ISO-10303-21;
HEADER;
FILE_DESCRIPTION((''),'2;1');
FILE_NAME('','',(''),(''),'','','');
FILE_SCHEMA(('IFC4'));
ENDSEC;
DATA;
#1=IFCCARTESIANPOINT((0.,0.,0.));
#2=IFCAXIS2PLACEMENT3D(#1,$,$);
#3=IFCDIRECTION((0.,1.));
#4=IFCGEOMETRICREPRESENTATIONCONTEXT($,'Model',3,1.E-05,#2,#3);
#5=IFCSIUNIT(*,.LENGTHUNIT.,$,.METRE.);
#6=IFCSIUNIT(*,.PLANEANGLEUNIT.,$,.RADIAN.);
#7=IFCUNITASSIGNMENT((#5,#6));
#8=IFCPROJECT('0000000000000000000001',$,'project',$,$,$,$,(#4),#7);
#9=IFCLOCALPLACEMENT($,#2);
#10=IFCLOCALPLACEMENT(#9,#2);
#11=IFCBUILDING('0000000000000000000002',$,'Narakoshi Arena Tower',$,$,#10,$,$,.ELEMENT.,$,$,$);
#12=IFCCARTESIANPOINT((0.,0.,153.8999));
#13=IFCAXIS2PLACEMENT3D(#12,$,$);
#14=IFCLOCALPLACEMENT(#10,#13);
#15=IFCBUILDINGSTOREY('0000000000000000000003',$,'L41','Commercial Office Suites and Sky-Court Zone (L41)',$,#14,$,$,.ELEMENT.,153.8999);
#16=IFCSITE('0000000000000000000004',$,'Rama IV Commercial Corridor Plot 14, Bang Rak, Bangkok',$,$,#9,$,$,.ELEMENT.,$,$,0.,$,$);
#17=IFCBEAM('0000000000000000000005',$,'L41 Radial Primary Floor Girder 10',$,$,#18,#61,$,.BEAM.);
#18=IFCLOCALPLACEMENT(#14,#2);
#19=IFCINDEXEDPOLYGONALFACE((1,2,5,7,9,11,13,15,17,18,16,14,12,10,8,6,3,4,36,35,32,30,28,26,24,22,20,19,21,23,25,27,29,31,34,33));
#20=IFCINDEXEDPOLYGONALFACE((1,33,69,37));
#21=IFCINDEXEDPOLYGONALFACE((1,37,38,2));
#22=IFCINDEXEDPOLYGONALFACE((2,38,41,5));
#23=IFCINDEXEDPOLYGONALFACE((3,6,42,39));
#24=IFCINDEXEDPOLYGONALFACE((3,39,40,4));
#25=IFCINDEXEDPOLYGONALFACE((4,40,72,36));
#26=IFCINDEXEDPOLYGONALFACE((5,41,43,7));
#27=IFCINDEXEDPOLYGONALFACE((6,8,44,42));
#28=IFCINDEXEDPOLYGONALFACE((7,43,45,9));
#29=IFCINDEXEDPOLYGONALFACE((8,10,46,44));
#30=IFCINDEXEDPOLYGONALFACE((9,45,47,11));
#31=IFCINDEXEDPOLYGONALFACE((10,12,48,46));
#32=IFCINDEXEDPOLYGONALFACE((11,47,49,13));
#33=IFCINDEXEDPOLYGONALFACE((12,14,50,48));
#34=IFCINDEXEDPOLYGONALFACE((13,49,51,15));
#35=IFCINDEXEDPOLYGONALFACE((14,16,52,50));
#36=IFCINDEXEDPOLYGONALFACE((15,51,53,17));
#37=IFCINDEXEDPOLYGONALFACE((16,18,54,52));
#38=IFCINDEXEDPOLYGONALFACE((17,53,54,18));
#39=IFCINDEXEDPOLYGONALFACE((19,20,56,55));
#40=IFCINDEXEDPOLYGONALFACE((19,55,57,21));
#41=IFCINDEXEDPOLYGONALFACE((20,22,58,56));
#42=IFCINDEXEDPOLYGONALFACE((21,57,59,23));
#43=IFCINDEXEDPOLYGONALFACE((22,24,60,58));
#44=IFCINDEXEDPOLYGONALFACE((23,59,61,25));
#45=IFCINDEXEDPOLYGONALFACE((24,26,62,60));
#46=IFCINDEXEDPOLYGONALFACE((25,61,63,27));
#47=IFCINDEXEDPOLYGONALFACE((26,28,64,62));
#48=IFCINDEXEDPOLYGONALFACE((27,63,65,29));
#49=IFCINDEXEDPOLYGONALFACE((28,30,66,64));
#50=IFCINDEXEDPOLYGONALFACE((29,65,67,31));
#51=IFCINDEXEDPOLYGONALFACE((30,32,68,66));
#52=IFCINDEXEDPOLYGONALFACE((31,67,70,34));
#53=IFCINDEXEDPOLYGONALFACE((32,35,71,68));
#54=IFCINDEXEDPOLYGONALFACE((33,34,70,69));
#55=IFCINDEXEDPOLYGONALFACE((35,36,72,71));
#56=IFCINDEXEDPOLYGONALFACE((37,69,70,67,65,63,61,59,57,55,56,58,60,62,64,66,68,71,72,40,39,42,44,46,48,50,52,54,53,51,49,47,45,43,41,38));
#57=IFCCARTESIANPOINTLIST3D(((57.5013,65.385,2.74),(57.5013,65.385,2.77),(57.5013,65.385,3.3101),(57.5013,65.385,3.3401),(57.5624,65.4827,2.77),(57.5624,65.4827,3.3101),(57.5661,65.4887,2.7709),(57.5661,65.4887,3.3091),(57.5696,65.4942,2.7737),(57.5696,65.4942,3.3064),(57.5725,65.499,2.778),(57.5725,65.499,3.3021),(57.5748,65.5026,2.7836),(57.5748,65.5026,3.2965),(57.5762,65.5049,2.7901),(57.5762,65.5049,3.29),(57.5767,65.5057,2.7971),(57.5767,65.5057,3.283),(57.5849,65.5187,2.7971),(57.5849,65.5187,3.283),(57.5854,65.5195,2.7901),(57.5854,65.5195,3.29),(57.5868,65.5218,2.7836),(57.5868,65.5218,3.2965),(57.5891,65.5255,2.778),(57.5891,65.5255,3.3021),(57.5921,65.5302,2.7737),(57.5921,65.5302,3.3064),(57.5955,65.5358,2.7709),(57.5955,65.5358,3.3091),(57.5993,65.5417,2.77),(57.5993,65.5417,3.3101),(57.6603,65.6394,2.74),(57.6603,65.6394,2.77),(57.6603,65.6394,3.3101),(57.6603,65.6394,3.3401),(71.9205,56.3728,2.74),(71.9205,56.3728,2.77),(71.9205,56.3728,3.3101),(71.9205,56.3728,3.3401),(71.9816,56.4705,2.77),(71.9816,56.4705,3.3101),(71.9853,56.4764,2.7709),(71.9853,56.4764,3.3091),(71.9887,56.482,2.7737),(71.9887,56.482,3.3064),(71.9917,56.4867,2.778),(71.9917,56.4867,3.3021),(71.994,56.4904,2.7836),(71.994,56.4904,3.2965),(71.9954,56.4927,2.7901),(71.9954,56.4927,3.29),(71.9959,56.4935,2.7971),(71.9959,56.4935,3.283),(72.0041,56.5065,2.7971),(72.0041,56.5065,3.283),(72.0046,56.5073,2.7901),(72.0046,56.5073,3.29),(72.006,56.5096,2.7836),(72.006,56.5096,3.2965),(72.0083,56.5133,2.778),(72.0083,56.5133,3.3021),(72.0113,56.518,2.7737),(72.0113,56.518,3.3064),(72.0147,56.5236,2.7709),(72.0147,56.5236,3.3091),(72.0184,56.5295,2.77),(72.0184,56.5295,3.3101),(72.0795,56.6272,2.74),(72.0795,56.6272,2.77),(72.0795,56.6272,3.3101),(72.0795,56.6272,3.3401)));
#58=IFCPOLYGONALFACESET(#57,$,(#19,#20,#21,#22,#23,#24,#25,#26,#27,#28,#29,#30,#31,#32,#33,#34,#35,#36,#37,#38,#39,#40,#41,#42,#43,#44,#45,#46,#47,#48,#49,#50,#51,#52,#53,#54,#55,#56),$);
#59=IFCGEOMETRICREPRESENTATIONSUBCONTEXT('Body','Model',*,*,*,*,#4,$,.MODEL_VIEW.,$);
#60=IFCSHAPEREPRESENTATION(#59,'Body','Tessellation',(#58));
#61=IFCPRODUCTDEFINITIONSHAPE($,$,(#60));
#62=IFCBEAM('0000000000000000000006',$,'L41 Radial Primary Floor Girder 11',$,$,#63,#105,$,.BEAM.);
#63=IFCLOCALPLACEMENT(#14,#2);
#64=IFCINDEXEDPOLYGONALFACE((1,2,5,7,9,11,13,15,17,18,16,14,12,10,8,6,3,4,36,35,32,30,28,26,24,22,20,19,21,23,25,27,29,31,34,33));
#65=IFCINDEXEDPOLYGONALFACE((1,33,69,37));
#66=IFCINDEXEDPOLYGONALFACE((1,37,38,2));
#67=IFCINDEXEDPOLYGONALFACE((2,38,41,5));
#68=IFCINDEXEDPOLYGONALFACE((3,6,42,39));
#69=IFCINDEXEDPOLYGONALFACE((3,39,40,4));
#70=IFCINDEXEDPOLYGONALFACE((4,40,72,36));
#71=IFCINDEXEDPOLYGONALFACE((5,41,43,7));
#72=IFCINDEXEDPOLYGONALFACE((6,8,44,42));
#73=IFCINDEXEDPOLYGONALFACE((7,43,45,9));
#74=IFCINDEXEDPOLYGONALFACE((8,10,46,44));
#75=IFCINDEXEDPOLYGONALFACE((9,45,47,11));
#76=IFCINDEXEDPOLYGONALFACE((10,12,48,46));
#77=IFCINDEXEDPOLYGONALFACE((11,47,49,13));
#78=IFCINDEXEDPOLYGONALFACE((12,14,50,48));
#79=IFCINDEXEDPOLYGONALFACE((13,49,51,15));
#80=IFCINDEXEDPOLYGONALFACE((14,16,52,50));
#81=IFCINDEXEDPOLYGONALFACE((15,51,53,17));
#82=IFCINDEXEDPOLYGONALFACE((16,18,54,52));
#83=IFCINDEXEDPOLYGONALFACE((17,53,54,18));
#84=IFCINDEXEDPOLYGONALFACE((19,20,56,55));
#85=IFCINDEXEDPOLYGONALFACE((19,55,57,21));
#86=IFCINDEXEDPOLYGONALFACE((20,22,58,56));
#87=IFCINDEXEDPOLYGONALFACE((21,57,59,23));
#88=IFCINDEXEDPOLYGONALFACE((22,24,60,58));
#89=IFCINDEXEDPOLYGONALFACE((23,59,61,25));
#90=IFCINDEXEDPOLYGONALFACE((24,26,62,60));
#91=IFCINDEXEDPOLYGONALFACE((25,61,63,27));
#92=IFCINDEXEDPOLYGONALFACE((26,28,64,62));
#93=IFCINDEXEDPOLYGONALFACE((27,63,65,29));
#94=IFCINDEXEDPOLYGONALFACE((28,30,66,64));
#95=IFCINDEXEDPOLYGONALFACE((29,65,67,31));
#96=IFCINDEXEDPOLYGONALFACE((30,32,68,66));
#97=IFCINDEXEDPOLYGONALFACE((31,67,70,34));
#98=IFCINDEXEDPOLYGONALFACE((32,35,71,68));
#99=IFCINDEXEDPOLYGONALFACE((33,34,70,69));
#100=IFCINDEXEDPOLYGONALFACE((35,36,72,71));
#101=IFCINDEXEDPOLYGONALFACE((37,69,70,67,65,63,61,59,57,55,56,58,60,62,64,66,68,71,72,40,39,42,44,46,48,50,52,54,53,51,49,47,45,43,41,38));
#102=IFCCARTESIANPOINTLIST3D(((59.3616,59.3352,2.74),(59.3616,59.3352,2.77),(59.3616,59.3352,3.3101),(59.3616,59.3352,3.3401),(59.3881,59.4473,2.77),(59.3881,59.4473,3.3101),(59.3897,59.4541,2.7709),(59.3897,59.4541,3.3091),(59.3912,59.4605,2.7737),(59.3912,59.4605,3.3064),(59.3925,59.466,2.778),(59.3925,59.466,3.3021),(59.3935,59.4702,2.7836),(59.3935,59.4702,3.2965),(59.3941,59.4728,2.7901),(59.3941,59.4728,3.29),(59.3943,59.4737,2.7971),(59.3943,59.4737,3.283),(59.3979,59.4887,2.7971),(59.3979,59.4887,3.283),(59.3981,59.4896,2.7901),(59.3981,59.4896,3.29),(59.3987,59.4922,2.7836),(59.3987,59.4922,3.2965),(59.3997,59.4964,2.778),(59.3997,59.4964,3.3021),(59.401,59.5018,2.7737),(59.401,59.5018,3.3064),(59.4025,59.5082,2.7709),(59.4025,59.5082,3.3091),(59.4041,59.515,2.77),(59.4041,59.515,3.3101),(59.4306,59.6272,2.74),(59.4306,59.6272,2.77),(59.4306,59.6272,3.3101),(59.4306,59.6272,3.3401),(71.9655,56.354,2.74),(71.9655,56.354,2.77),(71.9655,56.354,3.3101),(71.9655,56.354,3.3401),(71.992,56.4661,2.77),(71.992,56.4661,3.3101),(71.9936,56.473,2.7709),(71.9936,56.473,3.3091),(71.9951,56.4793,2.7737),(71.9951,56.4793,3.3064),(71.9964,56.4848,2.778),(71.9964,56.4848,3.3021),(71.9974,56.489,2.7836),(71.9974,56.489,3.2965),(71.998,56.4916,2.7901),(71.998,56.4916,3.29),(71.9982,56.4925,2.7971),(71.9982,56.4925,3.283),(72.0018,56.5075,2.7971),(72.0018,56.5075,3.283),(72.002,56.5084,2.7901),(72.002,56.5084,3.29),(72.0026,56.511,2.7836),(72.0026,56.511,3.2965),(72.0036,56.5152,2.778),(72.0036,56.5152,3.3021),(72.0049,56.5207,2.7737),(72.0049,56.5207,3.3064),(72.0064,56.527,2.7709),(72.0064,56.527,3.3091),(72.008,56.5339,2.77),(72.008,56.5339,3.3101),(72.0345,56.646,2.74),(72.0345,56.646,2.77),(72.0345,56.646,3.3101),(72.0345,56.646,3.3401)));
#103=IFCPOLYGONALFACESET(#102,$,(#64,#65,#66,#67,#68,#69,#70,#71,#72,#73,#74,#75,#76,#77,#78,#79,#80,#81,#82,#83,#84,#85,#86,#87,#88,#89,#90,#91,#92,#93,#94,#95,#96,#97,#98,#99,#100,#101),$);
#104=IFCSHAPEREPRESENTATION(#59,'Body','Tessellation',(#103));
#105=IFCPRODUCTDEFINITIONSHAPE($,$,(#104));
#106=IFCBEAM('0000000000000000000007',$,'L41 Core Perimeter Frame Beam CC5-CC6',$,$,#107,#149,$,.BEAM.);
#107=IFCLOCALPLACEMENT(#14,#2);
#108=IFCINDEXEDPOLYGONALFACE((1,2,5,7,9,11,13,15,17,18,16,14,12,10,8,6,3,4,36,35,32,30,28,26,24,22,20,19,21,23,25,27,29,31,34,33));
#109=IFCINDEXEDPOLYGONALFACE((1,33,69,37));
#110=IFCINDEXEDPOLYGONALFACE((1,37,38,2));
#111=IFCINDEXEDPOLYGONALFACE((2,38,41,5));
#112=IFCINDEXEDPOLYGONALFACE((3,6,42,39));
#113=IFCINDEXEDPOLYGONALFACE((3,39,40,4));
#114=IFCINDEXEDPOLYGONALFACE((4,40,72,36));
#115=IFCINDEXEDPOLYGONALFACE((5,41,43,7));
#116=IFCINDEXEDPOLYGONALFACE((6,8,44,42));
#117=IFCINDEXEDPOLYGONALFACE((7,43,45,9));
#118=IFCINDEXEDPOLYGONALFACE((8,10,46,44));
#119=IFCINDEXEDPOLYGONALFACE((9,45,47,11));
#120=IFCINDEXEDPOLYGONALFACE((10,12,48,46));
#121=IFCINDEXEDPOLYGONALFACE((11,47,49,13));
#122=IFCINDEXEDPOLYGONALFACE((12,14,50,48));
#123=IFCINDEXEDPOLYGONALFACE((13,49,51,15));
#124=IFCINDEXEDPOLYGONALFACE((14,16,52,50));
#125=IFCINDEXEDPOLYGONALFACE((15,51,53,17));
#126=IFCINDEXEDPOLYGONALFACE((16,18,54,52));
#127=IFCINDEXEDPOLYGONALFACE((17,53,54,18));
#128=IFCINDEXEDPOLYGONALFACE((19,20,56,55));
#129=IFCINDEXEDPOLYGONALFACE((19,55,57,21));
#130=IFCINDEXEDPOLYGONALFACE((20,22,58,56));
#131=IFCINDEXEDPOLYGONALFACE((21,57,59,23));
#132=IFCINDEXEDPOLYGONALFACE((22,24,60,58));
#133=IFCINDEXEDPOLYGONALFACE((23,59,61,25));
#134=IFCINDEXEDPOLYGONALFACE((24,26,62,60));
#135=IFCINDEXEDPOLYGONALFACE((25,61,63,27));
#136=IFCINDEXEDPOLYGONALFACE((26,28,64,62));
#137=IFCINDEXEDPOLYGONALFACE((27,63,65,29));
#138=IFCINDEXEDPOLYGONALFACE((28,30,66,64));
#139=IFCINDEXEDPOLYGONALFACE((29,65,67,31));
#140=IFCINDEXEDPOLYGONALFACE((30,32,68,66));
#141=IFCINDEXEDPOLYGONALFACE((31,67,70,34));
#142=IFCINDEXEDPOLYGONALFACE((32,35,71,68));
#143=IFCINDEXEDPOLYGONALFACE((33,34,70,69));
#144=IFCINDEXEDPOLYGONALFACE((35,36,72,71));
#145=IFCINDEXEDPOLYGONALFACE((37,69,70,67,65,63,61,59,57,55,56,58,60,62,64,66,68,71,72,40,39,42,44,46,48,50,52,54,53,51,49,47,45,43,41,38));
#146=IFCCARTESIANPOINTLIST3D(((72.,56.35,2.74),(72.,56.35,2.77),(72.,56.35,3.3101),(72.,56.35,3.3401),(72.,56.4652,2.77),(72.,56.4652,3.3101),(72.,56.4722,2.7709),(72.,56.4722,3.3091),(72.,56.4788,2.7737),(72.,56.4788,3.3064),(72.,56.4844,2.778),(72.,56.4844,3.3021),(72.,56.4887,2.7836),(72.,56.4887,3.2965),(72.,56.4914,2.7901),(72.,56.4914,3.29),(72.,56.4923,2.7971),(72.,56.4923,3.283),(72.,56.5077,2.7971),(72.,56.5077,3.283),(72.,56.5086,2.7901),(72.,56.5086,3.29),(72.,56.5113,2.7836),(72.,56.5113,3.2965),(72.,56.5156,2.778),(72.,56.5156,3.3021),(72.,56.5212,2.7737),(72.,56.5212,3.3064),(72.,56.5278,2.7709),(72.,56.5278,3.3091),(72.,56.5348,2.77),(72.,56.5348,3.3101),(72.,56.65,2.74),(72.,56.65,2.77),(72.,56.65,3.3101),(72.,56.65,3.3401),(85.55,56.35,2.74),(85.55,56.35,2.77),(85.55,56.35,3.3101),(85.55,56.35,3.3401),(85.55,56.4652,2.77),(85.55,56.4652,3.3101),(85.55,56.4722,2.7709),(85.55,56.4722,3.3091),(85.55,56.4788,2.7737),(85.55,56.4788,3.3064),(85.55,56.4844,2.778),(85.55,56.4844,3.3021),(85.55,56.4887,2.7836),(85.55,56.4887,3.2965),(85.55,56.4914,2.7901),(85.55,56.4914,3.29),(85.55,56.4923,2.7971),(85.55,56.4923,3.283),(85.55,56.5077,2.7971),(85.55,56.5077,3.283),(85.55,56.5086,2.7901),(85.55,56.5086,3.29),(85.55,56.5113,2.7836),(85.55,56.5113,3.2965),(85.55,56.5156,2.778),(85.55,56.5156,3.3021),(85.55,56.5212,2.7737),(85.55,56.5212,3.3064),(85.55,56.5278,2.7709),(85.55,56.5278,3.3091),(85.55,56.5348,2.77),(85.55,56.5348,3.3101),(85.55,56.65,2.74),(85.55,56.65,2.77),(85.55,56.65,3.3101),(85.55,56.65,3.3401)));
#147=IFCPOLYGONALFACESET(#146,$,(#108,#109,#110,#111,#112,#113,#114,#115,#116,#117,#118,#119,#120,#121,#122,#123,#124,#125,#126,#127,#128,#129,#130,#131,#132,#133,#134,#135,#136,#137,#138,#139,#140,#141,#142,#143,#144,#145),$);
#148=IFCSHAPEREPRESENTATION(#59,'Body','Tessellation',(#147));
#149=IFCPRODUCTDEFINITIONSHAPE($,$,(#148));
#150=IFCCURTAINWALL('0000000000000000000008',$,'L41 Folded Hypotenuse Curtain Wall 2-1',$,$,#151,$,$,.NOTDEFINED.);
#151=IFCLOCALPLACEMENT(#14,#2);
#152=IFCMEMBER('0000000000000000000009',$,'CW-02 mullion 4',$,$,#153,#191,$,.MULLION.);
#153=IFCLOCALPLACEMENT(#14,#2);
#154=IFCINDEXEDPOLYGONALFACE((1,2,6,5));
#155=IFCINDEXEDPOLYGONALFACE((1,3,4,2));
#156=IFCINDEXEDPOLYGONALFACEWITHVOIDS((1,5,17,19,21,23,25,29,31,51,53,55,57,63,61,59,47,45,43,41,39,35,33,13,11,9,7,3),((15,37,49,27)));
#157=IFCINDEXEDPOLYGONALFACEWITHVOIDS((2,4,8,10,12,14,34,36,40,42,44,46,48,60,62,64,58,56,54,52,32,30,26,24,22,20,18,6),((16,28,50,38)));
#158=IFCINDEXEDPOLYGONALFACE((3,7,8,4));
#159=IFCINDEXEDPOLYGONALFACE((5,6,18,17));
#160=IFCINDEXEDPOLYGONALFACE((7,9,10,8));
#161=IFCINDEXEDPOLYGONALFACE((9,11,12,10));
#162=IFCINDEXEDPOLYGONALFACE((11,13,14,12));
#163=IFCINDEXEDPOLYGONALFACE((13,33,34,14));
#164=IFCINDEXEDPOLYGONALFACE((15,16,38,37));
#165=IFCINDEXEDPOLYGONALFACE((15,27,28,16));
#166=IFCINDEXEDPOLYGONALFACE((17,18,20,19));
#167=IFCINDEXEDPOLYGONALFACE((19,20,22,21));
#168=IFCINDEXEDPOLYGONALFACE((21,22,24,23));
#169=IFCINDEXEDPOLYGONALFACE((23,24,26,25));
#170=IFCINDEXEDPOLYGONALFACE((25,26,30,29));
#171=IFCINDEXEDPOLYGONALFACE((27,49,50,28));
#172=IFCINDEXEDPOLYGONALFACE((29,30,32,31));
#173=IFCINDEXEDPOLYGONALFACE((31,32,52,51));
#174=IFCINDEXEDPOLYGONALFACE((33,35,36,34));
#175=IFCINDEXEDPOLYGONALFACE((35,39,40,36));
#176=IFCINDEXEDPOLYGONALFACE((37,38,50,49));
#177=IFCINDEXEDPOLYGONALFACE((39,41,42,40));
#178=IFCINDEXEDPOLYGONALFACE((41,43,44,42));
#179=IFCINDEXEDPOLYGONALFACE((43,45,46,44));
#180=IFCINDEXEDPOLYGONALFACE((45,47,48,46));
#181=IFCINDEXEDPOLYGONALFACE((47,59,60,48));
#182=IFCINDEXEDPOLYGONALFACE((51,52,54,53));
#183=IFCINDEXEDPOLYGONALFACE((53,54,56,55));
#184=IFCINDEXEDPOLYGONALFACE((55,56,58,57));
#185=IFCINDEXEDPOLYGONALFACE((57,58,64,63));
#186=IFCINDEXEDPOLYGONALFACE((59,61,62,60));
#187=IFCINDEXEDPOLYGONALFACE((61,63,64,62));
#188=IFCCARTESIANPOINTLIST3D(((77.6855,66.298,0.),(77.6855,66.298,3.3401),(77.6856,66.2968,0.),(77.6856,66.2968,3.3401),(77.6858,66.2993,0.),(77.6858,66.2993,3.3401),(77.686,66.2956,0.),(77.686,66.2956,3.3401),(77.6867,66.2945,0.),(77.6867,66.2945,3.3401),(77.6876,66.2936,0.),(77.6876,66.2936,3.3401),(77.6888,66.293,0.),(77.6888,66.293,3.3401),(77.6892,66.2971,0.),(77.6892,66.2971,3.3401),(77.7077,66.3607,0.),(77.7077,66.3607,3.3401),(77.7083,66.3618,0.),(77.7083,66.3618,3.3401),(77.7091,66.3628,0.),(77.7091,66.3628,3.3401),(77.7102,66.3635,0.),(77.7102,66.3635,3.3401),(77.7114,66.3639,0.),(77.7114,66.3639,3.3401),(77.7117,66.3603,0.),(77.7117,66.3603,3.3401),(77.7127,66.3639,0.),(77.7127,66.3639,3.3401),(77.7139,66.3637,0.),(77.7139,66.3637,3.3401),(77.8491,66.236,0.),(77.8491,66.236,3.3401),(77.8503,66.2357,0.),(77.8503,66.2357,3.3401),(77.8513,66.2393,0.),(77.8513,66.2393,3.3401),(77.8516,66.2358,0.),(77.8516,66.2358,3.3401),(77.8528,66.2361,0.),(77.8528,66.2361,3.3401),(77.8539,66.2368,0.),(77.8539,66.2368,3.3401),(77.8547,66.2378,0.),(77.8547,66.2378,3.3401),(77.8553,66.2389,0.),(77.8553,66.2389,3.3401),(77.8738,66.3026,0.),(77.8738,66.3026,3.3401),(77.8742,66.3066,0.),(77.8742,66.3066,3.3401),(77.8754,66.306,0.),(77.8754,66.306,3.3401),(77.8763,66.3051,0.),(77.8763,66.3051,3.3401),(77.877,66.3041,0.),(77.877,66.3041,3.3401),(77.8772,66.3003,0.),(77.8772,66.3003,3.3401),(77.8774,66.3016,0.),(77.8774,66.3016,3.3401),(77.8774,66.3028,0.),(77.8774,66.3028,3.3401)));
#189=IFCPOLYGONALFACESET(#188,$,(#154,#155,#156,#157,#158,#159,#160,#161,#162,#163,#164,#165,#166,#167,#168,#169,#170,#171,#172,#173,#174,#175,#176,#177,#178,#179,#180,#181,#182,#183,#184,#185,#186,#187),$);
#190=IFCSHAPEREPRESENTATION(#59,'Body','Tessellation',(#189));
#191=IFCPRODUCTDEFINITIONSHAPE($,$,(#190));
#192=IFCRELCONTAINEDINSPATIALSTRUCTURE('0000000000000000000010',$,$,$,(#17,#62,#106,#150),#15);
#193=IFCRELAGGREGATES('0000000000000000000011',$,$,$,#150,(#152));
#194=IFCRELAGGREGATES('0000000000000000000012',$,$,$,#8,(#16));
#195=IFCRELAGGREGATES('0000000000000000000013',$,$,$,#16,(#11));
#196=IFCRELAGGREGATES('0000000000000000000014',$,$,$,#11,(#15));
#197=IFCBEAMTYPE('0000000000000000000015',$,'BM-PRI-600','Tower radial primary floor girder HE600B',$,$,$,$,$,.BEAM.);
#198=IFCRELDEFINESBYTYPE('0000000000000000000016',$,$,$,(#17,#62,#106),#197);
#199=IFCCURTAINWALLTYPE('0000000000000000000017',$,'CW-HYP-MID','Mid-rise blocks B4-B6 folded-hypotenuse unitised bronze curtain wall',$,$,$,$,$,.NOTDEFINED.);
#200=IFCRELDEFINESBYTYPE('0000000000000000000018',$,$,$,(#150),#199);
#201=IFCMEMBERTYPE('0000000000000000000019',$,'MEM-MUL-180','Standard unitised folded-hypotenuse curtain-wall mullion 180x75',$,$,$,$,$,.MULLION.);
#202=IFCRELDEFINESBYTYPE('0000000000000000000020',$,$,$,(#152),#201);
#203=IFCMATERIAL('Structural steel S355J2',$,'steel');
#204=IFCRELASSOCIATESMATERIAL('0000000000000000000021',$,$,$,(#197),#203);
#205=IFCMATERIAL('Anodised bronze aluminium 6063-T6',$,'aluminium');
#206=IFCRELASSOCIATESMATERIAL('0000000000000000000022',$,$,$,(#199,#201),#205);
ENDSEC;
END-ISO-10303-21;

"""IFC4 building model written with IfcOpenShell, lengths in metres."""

from ifc_helpers import new_model, si_unit, direction, frame, origin, origin_2d, place, context, subcontext, project, spatial, hollow_rectangle, i_section, extrude, material, material_profile, profile_set, type_object, element, aggregate, save


model = new_model("IFC4")

# Units and contexts
model_context = context("Model", 3, precision=1e-05, world=origin(), true_north=direction((0.0, 1.0)))
body_context = subcontext(model_context, "Body", "Model", "MODEL_VIEW")
ifc_project = project(units=[si_unit("LENGTHUNIT", "METRE"), si_unit("PLANEANGLEUNIT", "RADIAN")], contexts=[model_context])

# Site, building, storey
site_placement = place(None, origin())
site = spatial("IfcSite", under=ifc_project, at=site_placement, Name="Rama IV Commercial Corridor Plot 14, Bang Rak, Bangkok", CompositionType="ELEMENT", RefElevation=0.0)
building_placement = place(site_placement, origin())
building = spatial("IfcBuilding", under=site, at=building_placement, Name="Narakoshi Arena Tower", CompositionType="ELEMENT")
storey_placement = place(building_placement, frame((0.0, 0.0, 153.8999)))
storey = spatial("IfcBuildingStorey", under=building, at=storey_placement, Name="L41", Description="Commercial Office Suites and Sky-Court Zone (L41)", CompositionType="ELEMENT", Elevation=153.8999)

# Beams
ifc_material_1 = material(Name="Structural steel S355J2", Category="steel")
ifc_material_profile_1 = material_profile(ifc_material_1, i_section(OverallWidth=0.3, OverallDepth=0.6001, WebThickness=0.0154, FlangeThickness=0.03, FilletRadius=0.0271, at=origin_2d()), Name="HE600B")
ifc_profile_set_1 = profile_set([ifc_material_profile_1], Name="Structural steel S355J2")
beam_type = type_object("IfcBeamType", Name="BM-PRI-600", Description="Tower radial primary floor girder HE600B", PredefinedType="BEAM", material=ifc_profile_set_1)
beam_1_placement = place(storey_placement, frame((72.0, 56.5, 3.04), z_axis=(-0.847993, 0.530008, 0.0), x_axis=(-0.530008, -0.847993, 0.0)))
element("IfcBeam", 1, at=beam_1_placement, inside=storey, type_object=beam_type, Name="L41 Radial Primary Floor Girder 10", PredefinedType="BEAM", context=body_context, shape_type="SweptSolid", body=[
    extrude(i_section(OverallWidth=0.3, OverallDepth=0.6001, WebThickness=0.0154, FlangeThickness=0.03, FilletRadius=0.0271, at=origin_2d()), origin(), (0.0, 0.0, 1.0), 17.0039),
])
beam_2_placement = place(storey_placement, frame((72.0, 56.5, 3.04), z_axis=(-0.973149, 0.230177, 0.0), x_axis=(-0.230177, -0.973149, 0.0)))
element("IfcBeam", 2, at=beam_2_placement, inside=storey, type_object=beam_type, Name="L41 Radial Primary Floor Girder 11", PredefinedType="BEAM", context=body_context, shape_type="SweptSolid", body=[
    extrude(i_section(OverallWidth=0.3, OverallDepth=0.6001, WebThickness=0.0154, FlangeThickness=0.03, FilletRadius=0.0271, at=origin_2d()), origin(), (0.0, 0.0, 1.0), 12.9517),
])
beam_3_placement = place(storey_placement, frame((72.0, 56.5, 3.04), z_axis=(1.0, 0.0, 0.0), x_axis=(0.0, 1.0, 0.0)))
element("IfcBeam", 3, at=beam_3_placement, inside=storey, type_object=beam_type, Name="L41 Core Perimeter Frame Beam CC5-CC6", PredefinedType="BEAM", context=body_context, shape_type="SweptSolid", body=[
    extrude(i_section(OverallWidth=0.3, OverallDepth=0.6001, WebThickness=0.0154, FlangeThickness=0.03, FilletRadius=0.0271, at=origin_2d()), origin(), (0.0, 0.0, 1.0), 13.55),
])

# Curtain wall, member
ifc_material_2 = material(Name="Anodised bronze aluminium 6063-T6", Category="aluminium")
curtain_wall_type = type_object("IfcCurtainWallType", Name="CW-HYP-MID", Description="Mid-rise blocks B4-B6 folded-hypotenuse unitised bronze curtain wall", PredefinedType="NOTDEFINED", material=ifc_material_2)
curtain_wall_placement = place(storey_placement, origin())
curtain_wall = element("IfcCurtainWall", 4, at=curtain_wall_placement, inside=storey, type_object=curtain_wall_type, Name="L41 Folded Hypotenuse Curtain Wall 2-1", PredefinedType="NOTDEFINED")
ifc_material_profile_2 = material_profile(ifc_material_2, hollow_rectangle(XDim=0.075, YDim=0.1799, WallThickness=0.0039, OuterFilletRadius=0.0049, at=origin_2d()), Name="MUL180x75x4")
ifc_profile_set_2 = profile_set([ifc_material_profile_2], Name="Anodised bronze aluminium 6063-T6")
member_type_1 = type_object("IfcMemberType", Name="MEM-MUL-180", Description="Standard unitised folded-hypotenuse curtain-wall mullion 180x75", PredefinedType="MULLION", material=ifc_profile_set_2)
member_1_placement = place(storey_placement, frame((77.7815, 66.2998, 0.0), z_axis=(0.0, 0.0, 1.0), x_axis=(-0.335518, -0.942034, 0.0)))
member_1 = element("IfcMember", 5, at=member_1_placement, type_object=member_type_1, Name="CW-02 mullion 4", PredefinedType="MULLION", context=body_context, shape_type="SweptSolid", body=[
    extrude(hollow_rectangle(XDim=0.075, YDim=0.1799, WallThickness=0.0039, OuterFilletRadius=0.0049, at=origin_2d()), origin(), (0.0, 0.0, 1.0), 3.3401),
])
aggregate(curtain_wall, [member_1])

save(model, "model.ifc")
